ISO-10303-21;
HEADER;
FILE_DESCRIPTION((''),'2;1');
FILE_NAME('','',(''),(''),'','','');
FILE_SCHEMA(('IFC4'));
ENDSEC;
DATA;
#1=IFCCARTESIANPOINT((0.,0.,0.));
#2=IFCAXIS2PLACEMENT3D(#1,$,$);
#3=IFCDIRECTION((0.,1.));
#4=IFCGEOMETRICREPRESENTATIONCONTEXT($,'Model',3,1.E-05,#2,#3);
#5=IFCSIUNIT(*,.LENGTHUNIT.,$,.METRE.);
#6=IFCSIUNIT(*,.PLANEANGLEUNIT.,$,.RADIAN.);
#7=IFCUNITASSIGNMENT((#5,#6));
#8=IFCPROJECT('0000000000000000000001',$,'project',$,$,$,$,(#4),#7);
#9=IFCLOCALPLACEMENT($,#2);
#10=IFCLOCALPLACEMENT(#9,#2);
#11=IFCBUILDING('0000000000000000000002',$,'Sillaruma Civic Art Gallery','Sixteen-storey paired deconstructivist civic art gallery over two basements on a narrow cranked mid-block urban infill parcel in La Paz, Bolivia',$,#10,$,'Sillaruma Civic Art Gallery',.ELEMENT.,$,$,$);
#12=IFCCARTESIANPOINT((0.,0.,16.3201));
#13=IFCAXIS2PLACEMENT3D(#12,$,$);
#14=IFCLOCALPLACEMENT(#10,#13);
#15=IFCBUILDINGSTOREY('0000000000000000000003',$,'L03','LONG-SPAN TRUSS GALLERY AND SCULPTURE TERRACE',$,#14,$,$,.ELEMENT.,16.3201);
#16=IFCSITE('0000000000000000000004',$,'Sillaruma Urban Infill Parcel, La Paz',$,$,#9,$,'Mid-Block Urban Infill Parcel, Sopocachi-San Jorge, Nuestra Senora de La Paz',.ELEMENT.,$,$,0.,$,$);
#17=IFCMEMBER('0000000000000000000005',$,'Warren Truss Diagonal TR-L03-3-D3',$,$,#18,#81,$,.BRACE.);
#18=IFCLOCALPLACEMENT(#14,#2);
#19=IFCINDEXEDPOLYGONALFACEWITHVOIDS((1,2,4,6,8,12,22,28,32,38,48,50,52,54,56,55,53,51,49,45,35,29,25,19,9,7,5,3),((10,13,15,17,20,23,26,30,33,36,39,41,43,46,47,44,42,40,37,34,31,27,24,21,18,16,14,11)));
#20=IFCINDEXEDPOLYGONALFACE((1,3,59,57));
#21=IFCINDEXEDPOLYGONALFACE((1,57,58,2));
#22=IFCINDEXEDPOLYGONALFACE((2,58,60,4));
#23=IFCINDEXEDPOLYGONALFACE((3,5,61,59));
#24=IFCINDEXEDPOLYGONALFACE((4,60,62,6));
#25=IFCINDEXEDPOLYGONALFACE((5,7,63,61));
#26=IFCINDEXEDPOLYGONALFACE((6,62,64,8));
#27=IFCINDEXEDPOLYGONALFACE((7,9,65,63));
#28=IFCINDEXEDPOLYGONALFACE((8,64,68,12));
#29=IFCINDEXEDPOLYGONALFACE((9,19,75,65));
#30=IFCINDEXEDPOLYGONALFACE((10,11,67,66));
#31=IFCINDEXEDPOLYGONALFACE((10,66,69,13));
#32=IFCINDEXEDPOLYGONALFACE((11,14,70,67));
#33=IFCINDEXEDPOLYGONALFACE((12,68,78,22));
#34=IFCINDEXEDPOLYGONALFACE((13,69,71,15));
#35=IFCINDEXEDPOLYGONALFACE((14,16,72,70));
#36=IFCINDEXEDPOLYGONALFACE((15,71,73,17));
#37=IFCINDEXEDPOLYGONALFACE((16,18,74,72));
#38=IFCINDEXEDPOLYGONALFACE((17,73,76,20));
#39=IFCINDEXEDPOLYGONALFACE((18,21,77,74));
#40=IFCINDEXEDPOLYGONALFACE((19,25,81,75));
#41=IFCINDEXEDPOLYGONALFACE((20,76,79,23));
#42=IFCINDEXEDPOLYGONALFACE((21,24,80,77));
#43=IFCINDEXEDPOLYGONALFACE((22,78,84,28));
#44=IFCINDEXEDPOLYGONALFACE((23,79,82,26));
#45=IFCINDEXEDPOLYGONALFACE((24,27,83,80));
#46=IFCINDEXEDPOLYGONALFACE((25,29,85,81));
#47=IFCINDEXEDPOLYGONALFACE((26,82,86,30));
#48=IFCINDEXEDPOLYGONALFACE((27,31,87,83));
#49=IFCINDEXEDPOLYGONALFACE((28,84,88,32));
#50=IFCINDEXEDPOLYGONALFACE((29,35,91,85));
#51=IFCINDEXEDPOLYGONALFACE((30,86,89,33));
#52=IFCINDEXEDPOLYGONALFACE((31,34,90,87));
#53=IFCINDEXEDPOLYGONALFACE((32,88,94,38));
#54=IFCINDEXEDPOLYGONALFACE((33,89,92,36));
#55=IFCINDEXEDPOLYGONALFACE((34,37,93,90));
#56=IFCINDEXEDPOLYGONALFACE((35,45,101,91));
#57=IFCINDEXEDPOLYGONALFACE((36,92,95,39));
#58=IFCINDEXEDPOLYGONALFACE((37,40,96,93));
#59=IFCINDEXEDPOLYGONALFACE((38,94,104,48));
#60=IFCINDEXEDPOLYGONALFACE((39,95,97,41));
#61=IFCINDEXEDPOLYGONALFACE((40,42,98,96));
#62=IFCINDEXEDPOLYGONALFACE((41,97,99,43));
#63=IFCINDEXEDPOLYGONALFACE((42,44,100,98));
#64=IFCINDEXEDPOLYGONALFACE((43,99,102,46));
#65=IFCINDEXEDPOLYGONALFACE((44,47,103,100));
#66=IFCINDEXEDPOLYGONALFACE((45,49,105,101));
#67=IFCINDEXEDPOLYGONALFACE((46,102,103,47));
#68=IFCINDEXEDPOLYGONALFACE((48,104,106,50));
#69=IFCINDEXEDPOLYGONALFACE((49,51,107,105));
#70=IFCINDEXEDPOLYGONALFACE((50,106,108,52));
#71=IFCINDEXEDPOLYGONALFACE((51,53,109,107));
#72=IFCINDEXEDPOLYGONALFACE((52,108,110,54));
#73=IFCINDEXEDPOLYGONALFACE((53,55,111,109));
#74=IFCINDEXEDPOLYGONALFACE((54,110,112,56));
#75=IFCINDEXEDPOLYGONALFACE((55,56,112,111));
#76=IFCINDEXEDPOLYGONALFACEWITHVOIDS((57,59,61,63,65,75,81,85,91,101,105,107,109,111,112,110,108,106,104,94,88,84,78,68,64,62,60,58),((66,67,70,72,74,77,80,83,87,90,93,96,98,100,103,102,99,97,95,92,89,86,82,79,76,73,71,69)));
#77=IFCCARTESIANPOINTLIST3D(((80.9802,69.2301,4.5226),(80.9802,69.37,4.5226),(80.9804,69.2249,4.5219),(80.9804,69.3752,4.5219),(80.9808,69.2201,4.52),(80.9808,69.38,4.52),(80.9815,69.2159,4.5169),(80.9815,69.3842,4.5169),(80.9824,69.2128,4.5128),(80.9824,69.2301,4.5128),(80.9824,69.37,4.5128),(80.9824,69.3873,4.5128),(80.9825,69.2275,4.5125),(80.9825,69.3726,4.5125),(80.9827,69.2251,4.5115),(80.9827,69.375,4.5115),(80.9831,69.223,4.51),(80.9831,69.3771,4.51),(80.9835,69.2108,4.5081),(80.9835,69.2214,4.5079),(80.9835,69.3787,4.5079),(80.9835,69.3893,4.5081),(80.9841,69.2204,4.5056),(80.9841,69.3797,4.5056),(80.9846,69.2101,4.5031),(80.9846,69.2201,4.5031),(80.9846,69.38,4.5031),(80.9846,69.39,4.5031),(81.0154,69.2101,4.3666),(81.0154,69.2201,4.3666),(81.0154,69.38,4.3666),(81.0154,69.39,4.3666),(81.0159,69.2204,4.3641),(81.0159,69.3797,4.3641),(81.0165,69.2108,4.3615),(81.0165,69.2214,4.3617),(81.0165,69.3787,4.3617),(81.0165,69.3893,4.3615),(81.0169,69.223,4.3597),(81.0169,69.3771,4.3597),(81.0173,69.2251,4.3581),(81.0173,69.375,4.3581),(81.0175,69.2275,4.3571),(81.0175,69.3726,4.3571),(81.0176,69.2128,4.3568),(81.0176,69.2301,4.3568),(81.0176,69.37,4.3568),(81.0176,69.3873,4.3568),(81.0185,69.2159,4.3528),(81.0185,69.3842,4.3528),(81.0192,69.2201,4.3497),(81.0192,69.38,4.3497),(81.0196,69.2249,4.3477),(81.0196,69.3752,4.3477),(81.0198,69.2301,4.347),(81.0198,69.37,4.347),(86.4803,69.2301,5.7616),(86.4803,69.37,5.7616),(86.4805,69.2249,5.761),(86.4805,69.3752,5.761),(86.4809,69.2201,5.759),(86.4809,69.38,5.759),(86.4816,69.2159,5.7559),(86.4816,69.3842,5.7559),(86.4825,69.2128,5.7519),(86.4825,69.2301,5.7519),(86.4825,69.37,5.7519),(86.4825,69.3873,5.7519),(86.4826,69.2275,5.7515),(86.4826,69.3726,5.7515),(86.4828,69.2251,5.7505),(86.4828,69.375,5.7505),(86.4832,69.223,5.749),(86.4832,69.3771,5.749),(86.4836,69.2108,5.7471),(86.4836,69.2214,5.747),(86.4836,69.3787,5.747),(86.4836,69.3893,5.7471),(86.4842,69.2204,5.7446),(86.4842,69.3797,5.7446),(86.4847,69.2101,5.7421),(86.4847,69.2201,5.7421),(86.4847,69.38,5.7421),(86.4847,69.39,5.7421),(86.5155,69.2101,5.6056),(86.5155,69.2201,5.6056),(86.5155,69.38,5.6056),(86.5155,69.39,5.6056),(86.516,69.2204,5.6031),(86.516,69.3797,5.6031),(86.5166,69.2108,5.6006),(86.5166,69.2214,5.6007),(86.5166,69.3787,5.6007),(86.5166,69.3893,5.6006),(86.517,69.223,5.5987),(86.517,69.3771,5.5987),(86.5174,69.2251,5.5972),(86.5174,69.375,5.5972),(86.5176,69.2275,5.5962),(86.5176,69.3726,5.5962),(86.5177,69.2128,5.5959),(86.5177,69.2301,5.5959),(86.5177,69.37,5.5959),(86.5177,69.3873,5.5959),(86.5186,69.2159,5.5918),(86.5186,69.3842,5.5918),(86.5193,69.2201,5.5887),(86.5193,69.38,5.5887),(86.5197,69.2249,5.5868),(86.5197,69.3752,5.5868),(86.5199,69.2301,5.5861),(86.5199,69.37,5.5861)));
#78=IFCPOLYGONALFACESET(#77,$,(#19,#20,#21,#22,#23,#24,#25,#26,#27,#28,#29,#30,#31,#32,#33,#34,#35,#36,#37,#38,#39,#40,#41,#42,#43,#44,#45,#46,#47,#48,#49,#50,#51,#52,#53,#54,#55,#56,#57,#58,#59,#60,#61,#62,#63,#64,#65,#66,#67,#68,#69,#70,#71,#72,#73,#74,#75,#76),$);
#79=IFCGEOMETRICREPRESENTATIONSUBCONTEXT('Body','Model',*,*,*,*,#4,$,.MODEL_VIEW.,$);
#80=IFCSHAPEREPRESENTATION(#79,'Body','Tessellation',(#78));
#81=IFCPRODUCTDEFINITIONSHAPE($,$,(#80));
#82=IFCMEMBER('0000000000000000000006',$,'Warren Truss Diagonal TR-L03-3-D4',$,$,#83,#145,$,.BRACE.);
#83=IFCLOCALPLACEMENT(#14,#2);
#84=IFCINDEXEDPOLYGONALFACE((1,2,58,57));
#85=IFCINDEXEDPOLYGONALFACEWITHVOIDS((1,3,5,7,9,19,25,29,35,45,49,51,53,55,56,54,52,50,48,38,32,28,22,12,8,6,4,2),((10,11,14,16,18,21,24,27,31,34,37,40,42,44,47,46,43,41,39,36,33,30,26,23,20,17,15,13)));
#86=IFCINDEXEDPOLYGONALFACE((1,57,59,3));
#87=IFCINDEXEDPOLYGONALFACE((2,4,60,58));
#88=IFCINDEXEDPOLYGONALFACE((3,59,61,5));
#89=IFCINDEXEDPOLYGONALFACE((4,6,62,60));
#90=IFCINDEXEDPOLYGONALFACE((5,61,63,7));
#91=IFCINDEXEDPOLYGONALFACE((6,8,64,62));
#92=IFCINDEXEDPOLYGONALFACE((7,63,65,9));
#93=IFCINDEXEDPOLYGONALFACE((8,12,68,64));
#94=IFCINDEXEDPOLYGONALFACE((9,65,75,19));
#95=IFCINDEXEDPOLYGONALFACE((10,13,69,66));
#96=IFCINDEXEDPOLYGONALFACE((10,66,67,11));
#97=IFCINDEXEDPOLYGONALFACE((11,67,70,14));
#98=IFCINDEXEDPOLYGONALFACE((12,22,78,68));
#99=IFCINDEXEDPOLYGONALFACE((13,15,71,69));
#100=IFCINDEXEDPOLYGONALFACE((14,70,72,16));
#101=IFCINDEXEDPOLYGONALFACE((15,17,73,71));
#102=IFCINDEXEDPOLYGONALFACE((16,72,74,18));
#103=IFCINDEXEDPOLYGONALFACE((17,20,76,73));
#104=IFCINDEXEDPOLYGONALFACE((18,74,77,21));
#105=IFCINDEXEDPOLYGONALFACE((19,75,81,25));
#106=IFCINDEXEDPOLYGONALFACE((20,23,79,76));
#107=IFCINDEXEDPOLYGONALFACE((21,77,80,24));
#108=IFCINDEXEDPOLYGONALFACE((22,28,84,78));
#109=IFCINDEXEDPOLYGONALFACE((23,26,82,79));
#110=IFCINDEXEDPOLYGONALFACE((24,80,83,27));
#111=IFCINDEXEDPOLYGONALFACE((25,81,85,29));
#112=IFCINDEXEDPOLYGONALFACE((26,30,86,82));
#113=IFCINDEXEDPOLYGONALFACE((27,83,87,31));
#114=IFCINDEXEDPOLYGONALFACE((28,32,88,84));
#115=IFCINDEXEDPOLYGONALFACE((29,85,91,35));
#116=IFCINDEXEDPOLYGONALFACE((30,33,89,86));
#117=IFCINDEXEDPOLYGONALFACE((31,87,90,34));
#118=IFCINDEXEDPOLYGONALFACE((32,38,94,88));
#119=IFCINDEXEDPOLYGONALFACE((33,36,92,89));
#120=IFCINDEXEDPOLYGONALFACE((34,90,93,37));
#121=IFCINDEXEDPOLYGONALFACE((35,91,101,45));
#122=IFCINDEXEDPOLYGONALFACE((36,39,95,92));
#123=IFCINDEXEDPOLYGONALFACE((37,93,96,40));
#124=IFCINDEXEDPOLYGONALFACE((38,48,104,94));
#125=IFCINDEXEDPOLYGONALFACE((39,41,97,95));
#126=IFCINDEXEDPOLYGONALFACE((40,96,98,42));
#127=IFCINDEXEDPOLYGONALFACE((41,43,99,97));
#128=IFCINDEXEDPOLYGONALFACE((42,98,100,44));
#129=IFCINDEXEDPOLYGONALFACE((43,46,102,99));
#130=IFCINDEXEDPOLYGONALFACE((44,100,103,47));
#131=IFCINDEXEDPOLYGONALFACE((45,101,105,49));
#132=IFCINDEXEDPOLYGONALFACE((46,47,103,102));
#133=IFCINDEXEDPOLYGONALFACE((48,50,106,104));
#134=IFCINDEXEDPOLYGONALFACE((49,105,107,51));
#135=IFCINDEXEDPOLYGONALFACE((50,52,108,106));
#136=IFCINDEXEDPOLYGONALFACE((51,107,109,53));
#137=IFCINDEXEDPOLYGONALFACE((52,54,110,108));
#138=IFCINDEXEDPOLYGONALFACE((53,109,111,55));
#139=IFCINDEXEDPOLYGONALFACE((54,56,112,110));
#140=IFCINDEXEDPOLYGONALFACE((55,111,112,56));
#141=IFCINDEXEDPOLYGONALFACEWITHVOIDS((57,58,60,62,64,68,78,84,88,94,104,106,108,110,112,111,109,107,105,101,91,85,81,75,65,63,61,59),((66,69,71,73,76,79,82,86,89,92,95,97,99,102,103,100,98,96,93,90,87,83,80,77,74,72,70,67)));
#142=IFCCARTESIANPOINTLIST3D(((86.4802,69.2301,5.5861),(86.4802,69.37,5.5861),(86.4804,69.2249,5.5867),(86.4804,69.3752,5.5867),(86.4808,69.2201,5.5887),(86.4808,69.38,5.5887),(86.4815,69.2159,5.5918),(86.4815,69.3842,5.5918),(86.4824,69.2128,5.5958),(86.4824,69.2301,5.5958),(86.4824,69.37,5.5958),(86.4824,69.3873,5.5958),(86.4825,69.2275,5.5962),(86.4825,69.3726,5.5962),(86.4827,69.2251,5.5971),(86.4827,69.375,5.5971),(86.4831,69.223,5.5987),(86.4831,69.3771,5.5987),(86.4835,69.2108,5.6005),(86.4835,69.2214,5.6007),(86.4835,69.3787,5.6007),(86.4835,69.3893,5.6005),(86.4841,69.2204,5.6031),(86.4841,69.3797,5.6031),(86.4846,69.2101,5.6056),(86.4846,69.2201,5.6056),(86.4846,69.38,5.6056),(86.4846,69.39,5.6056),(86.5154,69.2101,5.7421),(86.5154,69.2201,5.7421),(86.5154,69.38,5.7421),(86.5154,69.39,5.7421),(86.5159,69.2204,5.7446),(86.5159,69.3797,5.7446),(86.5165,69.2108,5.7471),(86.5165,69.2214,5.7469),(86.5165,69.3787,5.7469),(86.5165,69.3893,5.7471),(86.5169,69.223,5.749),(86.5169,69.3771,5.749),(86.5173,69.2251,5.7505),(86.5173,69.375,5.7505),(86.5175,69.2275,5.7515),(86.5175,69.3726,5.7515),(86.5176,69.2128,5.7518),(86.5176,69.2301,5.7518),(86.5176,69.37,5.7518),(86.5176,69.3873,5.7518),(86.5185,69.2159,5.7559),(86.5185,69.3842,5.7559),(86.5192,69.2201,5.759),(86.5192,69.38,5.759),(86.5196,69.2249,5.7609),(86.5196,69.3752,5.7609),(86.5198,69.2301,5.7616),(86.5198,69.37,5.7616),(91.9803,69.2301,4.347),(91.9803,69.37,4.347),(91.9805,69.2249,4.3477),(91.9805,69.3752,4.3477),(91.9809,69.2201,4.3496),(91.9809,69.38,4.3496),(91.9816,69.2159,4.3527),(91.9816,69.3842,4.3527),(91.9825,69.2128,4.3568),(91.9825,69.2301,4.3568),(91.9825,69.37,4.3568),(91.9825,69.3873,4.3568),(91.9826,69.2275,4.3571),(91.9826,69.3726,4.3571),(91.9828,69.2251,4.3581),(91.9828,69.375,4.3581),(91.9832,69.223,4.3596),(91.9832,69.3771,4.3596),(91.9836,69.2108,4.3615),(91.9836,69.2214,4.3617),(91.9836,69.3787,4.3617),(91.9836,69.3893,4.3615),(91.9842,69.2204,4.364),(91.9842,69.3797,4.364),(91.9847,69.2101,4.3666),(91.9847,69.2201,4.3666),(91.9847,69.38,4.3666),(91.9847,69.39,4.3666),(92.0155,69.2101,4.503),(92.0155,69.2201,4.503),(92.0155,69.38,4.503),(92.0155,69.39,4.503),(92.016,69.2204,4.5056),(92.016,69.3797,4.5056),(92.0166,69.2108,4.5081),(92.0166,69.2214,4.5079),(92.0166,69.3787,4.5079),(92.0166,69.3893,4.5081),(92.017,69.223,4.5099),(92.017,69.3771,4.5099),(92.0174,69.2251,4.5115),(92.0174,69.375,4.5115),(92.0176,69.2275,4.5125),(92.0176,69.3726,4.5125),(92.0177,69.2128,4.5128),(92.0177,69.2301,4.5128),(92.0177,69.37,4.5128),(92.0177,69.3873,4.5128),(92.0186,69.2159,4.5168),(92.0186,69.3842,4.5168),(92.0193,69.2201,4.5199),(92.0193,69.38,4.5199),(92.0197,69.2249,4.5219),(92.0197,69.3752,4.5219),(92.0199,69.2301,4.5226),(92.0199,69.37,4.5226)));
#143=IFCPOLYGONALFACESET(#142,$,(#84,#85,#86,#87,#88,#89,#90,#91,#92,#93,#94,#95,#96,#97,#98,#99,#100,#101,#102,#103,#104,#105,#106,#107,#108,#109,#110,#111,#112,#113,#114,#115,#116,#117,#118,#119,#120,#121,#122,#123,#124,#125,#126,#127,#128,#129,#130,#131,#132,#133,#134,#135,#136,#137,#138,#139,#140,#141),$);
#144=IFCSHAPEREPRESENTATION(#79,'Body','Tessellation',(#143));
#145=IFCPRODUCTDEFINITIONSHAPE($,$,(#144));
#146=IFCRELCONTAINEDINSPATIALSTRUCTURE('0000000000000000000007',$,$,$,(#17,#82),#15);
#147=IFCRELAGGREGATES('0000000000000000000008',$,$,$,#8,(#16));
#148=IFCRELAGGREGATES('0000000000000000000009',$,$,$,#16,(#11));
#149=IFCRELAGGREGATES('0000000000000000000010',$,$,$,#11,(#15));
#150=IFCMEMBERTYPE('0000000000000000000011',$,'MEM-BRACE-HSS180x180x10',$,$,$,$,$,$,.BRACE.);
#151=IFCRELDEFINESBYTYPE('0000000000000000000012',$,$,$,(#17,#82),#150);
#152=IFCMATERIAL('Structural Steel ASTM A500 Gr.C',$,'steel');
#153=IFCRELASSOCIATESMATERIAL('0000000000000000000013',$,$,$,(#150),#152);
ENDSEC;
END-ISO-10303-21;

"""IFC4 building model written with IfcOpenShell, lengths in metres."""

from ifc_helpers import new_model, si_unit, direction, frame, origin, origin_2d, place, context, subcontext, project, spatial, hollow_rectangle, extrude, material, material_profile, profile_set, type_object, element, save


model = new_model("IFC4")

# Units and contexts
model_context = context("Model", 3, precision=1e-05, world=origin(), true_north=direction((0.0, 1.0)))
body_context = subcontext(model_context, "Body", "Model", "MODEL_VIEW")
ifc_project = project(units=[si_unit("LENGTHUNIT", "METRE"), si_unit("PLANEANGLEUNIT", "RADIAN")], contexts=[model_context])

# Site, building, storey
site_placement = place(None, origin())
site = spatial("IfcSite", under=ifc_project, at=site_placement, Name="Sillaruma Urban Infill Parcel, La Paz", LongName="Mid-Block Urban Infill Parcel, Sopocachi-San Jorge, Nuestra Senora de La Paz", CompositionType="ELEMENT", RefElevation=0.0)
building_placement = place(site_placement, origin())
building = spatial("IfcBuilding", under=site, at=building_placement, Name="Sillaruma Civic Art Gallery", Description="Sixteen-storey paired deconstructivist civic art gallery over two basements on a narrow cranked mid-block urban infill parcel in La Paz, Bolivia", LongName="Sillaruma Civic Art Gallery", CompositionType="ELEMENT")
storey_placement = place(building_placement, frame((0.0, 0.0, 16.3201)))
storey = spatial("IfcBuildingStorey", under=building, at=storey_placement, Name="L03", Description="LONG-SPAN TRUSS GALLERY AND SCULPTURE TERRACE", CompositionType="ELEMENT", Elevation=16.3201)

# Members
ifc_material_1 = material(Name="Structural Steel ASTM A500 Gr.C", Category="steel")
ifc_material_profile_1 = material_profile(ifc_material_1, hollow_rectangle(XDim=0.1799, YDim=0.1799, WallThickness=0.01, InnerFilletRadius=0.01, OuterFilletRadius=0.02, at=origin_2d()), Name="HSS180x180x10")
ifc_profile_set_1 = profile_set([ifc_material_profile_1], Name="Structural Steel ASTM A500 Gr.C")
member_type_1 = type_object("IfcMemberType", Name="MEM-BRACE-HSS180x180x10", PredefinedType="BRACE", material=ifc_profile_set_1)
for number, where, z_axis, x_axis, name in (
    (1, (81.0, 69.3, 4.4348), (0.975552, 0.0, 0.219768), (0.0, 1.0, 0.0), "Warren Truss Diagonal TR-L03-3-D3"),
    (2, (86.5, 69.3, 5.6738), (0.975552, 0.0, -0.219768), (0.0, 1.0, 0.0), "Warren Truss Diagonal TR-L03-3-D4"),
):
    element("IfcMember", number, at=place(storey_placement, frame(where, z_axis=z_axis, x_axis=x_axis)), inside=storey, type_object=member_type_1, Name=name, PredefinedType="BRACE", context=body_context, shape_type="SweptSolid", body=[
        extrude(hollow_rectangle(XDim=0.1799, YDim=0.1799, WallThickness=0.01, InnerFilletRadius=0.01, OuterFilletRadius=0.02, at=origin_2d()), origin(), (0.0, 0.0, 1.0), 5.6379),
    ])

save(model, "model.ifc")
